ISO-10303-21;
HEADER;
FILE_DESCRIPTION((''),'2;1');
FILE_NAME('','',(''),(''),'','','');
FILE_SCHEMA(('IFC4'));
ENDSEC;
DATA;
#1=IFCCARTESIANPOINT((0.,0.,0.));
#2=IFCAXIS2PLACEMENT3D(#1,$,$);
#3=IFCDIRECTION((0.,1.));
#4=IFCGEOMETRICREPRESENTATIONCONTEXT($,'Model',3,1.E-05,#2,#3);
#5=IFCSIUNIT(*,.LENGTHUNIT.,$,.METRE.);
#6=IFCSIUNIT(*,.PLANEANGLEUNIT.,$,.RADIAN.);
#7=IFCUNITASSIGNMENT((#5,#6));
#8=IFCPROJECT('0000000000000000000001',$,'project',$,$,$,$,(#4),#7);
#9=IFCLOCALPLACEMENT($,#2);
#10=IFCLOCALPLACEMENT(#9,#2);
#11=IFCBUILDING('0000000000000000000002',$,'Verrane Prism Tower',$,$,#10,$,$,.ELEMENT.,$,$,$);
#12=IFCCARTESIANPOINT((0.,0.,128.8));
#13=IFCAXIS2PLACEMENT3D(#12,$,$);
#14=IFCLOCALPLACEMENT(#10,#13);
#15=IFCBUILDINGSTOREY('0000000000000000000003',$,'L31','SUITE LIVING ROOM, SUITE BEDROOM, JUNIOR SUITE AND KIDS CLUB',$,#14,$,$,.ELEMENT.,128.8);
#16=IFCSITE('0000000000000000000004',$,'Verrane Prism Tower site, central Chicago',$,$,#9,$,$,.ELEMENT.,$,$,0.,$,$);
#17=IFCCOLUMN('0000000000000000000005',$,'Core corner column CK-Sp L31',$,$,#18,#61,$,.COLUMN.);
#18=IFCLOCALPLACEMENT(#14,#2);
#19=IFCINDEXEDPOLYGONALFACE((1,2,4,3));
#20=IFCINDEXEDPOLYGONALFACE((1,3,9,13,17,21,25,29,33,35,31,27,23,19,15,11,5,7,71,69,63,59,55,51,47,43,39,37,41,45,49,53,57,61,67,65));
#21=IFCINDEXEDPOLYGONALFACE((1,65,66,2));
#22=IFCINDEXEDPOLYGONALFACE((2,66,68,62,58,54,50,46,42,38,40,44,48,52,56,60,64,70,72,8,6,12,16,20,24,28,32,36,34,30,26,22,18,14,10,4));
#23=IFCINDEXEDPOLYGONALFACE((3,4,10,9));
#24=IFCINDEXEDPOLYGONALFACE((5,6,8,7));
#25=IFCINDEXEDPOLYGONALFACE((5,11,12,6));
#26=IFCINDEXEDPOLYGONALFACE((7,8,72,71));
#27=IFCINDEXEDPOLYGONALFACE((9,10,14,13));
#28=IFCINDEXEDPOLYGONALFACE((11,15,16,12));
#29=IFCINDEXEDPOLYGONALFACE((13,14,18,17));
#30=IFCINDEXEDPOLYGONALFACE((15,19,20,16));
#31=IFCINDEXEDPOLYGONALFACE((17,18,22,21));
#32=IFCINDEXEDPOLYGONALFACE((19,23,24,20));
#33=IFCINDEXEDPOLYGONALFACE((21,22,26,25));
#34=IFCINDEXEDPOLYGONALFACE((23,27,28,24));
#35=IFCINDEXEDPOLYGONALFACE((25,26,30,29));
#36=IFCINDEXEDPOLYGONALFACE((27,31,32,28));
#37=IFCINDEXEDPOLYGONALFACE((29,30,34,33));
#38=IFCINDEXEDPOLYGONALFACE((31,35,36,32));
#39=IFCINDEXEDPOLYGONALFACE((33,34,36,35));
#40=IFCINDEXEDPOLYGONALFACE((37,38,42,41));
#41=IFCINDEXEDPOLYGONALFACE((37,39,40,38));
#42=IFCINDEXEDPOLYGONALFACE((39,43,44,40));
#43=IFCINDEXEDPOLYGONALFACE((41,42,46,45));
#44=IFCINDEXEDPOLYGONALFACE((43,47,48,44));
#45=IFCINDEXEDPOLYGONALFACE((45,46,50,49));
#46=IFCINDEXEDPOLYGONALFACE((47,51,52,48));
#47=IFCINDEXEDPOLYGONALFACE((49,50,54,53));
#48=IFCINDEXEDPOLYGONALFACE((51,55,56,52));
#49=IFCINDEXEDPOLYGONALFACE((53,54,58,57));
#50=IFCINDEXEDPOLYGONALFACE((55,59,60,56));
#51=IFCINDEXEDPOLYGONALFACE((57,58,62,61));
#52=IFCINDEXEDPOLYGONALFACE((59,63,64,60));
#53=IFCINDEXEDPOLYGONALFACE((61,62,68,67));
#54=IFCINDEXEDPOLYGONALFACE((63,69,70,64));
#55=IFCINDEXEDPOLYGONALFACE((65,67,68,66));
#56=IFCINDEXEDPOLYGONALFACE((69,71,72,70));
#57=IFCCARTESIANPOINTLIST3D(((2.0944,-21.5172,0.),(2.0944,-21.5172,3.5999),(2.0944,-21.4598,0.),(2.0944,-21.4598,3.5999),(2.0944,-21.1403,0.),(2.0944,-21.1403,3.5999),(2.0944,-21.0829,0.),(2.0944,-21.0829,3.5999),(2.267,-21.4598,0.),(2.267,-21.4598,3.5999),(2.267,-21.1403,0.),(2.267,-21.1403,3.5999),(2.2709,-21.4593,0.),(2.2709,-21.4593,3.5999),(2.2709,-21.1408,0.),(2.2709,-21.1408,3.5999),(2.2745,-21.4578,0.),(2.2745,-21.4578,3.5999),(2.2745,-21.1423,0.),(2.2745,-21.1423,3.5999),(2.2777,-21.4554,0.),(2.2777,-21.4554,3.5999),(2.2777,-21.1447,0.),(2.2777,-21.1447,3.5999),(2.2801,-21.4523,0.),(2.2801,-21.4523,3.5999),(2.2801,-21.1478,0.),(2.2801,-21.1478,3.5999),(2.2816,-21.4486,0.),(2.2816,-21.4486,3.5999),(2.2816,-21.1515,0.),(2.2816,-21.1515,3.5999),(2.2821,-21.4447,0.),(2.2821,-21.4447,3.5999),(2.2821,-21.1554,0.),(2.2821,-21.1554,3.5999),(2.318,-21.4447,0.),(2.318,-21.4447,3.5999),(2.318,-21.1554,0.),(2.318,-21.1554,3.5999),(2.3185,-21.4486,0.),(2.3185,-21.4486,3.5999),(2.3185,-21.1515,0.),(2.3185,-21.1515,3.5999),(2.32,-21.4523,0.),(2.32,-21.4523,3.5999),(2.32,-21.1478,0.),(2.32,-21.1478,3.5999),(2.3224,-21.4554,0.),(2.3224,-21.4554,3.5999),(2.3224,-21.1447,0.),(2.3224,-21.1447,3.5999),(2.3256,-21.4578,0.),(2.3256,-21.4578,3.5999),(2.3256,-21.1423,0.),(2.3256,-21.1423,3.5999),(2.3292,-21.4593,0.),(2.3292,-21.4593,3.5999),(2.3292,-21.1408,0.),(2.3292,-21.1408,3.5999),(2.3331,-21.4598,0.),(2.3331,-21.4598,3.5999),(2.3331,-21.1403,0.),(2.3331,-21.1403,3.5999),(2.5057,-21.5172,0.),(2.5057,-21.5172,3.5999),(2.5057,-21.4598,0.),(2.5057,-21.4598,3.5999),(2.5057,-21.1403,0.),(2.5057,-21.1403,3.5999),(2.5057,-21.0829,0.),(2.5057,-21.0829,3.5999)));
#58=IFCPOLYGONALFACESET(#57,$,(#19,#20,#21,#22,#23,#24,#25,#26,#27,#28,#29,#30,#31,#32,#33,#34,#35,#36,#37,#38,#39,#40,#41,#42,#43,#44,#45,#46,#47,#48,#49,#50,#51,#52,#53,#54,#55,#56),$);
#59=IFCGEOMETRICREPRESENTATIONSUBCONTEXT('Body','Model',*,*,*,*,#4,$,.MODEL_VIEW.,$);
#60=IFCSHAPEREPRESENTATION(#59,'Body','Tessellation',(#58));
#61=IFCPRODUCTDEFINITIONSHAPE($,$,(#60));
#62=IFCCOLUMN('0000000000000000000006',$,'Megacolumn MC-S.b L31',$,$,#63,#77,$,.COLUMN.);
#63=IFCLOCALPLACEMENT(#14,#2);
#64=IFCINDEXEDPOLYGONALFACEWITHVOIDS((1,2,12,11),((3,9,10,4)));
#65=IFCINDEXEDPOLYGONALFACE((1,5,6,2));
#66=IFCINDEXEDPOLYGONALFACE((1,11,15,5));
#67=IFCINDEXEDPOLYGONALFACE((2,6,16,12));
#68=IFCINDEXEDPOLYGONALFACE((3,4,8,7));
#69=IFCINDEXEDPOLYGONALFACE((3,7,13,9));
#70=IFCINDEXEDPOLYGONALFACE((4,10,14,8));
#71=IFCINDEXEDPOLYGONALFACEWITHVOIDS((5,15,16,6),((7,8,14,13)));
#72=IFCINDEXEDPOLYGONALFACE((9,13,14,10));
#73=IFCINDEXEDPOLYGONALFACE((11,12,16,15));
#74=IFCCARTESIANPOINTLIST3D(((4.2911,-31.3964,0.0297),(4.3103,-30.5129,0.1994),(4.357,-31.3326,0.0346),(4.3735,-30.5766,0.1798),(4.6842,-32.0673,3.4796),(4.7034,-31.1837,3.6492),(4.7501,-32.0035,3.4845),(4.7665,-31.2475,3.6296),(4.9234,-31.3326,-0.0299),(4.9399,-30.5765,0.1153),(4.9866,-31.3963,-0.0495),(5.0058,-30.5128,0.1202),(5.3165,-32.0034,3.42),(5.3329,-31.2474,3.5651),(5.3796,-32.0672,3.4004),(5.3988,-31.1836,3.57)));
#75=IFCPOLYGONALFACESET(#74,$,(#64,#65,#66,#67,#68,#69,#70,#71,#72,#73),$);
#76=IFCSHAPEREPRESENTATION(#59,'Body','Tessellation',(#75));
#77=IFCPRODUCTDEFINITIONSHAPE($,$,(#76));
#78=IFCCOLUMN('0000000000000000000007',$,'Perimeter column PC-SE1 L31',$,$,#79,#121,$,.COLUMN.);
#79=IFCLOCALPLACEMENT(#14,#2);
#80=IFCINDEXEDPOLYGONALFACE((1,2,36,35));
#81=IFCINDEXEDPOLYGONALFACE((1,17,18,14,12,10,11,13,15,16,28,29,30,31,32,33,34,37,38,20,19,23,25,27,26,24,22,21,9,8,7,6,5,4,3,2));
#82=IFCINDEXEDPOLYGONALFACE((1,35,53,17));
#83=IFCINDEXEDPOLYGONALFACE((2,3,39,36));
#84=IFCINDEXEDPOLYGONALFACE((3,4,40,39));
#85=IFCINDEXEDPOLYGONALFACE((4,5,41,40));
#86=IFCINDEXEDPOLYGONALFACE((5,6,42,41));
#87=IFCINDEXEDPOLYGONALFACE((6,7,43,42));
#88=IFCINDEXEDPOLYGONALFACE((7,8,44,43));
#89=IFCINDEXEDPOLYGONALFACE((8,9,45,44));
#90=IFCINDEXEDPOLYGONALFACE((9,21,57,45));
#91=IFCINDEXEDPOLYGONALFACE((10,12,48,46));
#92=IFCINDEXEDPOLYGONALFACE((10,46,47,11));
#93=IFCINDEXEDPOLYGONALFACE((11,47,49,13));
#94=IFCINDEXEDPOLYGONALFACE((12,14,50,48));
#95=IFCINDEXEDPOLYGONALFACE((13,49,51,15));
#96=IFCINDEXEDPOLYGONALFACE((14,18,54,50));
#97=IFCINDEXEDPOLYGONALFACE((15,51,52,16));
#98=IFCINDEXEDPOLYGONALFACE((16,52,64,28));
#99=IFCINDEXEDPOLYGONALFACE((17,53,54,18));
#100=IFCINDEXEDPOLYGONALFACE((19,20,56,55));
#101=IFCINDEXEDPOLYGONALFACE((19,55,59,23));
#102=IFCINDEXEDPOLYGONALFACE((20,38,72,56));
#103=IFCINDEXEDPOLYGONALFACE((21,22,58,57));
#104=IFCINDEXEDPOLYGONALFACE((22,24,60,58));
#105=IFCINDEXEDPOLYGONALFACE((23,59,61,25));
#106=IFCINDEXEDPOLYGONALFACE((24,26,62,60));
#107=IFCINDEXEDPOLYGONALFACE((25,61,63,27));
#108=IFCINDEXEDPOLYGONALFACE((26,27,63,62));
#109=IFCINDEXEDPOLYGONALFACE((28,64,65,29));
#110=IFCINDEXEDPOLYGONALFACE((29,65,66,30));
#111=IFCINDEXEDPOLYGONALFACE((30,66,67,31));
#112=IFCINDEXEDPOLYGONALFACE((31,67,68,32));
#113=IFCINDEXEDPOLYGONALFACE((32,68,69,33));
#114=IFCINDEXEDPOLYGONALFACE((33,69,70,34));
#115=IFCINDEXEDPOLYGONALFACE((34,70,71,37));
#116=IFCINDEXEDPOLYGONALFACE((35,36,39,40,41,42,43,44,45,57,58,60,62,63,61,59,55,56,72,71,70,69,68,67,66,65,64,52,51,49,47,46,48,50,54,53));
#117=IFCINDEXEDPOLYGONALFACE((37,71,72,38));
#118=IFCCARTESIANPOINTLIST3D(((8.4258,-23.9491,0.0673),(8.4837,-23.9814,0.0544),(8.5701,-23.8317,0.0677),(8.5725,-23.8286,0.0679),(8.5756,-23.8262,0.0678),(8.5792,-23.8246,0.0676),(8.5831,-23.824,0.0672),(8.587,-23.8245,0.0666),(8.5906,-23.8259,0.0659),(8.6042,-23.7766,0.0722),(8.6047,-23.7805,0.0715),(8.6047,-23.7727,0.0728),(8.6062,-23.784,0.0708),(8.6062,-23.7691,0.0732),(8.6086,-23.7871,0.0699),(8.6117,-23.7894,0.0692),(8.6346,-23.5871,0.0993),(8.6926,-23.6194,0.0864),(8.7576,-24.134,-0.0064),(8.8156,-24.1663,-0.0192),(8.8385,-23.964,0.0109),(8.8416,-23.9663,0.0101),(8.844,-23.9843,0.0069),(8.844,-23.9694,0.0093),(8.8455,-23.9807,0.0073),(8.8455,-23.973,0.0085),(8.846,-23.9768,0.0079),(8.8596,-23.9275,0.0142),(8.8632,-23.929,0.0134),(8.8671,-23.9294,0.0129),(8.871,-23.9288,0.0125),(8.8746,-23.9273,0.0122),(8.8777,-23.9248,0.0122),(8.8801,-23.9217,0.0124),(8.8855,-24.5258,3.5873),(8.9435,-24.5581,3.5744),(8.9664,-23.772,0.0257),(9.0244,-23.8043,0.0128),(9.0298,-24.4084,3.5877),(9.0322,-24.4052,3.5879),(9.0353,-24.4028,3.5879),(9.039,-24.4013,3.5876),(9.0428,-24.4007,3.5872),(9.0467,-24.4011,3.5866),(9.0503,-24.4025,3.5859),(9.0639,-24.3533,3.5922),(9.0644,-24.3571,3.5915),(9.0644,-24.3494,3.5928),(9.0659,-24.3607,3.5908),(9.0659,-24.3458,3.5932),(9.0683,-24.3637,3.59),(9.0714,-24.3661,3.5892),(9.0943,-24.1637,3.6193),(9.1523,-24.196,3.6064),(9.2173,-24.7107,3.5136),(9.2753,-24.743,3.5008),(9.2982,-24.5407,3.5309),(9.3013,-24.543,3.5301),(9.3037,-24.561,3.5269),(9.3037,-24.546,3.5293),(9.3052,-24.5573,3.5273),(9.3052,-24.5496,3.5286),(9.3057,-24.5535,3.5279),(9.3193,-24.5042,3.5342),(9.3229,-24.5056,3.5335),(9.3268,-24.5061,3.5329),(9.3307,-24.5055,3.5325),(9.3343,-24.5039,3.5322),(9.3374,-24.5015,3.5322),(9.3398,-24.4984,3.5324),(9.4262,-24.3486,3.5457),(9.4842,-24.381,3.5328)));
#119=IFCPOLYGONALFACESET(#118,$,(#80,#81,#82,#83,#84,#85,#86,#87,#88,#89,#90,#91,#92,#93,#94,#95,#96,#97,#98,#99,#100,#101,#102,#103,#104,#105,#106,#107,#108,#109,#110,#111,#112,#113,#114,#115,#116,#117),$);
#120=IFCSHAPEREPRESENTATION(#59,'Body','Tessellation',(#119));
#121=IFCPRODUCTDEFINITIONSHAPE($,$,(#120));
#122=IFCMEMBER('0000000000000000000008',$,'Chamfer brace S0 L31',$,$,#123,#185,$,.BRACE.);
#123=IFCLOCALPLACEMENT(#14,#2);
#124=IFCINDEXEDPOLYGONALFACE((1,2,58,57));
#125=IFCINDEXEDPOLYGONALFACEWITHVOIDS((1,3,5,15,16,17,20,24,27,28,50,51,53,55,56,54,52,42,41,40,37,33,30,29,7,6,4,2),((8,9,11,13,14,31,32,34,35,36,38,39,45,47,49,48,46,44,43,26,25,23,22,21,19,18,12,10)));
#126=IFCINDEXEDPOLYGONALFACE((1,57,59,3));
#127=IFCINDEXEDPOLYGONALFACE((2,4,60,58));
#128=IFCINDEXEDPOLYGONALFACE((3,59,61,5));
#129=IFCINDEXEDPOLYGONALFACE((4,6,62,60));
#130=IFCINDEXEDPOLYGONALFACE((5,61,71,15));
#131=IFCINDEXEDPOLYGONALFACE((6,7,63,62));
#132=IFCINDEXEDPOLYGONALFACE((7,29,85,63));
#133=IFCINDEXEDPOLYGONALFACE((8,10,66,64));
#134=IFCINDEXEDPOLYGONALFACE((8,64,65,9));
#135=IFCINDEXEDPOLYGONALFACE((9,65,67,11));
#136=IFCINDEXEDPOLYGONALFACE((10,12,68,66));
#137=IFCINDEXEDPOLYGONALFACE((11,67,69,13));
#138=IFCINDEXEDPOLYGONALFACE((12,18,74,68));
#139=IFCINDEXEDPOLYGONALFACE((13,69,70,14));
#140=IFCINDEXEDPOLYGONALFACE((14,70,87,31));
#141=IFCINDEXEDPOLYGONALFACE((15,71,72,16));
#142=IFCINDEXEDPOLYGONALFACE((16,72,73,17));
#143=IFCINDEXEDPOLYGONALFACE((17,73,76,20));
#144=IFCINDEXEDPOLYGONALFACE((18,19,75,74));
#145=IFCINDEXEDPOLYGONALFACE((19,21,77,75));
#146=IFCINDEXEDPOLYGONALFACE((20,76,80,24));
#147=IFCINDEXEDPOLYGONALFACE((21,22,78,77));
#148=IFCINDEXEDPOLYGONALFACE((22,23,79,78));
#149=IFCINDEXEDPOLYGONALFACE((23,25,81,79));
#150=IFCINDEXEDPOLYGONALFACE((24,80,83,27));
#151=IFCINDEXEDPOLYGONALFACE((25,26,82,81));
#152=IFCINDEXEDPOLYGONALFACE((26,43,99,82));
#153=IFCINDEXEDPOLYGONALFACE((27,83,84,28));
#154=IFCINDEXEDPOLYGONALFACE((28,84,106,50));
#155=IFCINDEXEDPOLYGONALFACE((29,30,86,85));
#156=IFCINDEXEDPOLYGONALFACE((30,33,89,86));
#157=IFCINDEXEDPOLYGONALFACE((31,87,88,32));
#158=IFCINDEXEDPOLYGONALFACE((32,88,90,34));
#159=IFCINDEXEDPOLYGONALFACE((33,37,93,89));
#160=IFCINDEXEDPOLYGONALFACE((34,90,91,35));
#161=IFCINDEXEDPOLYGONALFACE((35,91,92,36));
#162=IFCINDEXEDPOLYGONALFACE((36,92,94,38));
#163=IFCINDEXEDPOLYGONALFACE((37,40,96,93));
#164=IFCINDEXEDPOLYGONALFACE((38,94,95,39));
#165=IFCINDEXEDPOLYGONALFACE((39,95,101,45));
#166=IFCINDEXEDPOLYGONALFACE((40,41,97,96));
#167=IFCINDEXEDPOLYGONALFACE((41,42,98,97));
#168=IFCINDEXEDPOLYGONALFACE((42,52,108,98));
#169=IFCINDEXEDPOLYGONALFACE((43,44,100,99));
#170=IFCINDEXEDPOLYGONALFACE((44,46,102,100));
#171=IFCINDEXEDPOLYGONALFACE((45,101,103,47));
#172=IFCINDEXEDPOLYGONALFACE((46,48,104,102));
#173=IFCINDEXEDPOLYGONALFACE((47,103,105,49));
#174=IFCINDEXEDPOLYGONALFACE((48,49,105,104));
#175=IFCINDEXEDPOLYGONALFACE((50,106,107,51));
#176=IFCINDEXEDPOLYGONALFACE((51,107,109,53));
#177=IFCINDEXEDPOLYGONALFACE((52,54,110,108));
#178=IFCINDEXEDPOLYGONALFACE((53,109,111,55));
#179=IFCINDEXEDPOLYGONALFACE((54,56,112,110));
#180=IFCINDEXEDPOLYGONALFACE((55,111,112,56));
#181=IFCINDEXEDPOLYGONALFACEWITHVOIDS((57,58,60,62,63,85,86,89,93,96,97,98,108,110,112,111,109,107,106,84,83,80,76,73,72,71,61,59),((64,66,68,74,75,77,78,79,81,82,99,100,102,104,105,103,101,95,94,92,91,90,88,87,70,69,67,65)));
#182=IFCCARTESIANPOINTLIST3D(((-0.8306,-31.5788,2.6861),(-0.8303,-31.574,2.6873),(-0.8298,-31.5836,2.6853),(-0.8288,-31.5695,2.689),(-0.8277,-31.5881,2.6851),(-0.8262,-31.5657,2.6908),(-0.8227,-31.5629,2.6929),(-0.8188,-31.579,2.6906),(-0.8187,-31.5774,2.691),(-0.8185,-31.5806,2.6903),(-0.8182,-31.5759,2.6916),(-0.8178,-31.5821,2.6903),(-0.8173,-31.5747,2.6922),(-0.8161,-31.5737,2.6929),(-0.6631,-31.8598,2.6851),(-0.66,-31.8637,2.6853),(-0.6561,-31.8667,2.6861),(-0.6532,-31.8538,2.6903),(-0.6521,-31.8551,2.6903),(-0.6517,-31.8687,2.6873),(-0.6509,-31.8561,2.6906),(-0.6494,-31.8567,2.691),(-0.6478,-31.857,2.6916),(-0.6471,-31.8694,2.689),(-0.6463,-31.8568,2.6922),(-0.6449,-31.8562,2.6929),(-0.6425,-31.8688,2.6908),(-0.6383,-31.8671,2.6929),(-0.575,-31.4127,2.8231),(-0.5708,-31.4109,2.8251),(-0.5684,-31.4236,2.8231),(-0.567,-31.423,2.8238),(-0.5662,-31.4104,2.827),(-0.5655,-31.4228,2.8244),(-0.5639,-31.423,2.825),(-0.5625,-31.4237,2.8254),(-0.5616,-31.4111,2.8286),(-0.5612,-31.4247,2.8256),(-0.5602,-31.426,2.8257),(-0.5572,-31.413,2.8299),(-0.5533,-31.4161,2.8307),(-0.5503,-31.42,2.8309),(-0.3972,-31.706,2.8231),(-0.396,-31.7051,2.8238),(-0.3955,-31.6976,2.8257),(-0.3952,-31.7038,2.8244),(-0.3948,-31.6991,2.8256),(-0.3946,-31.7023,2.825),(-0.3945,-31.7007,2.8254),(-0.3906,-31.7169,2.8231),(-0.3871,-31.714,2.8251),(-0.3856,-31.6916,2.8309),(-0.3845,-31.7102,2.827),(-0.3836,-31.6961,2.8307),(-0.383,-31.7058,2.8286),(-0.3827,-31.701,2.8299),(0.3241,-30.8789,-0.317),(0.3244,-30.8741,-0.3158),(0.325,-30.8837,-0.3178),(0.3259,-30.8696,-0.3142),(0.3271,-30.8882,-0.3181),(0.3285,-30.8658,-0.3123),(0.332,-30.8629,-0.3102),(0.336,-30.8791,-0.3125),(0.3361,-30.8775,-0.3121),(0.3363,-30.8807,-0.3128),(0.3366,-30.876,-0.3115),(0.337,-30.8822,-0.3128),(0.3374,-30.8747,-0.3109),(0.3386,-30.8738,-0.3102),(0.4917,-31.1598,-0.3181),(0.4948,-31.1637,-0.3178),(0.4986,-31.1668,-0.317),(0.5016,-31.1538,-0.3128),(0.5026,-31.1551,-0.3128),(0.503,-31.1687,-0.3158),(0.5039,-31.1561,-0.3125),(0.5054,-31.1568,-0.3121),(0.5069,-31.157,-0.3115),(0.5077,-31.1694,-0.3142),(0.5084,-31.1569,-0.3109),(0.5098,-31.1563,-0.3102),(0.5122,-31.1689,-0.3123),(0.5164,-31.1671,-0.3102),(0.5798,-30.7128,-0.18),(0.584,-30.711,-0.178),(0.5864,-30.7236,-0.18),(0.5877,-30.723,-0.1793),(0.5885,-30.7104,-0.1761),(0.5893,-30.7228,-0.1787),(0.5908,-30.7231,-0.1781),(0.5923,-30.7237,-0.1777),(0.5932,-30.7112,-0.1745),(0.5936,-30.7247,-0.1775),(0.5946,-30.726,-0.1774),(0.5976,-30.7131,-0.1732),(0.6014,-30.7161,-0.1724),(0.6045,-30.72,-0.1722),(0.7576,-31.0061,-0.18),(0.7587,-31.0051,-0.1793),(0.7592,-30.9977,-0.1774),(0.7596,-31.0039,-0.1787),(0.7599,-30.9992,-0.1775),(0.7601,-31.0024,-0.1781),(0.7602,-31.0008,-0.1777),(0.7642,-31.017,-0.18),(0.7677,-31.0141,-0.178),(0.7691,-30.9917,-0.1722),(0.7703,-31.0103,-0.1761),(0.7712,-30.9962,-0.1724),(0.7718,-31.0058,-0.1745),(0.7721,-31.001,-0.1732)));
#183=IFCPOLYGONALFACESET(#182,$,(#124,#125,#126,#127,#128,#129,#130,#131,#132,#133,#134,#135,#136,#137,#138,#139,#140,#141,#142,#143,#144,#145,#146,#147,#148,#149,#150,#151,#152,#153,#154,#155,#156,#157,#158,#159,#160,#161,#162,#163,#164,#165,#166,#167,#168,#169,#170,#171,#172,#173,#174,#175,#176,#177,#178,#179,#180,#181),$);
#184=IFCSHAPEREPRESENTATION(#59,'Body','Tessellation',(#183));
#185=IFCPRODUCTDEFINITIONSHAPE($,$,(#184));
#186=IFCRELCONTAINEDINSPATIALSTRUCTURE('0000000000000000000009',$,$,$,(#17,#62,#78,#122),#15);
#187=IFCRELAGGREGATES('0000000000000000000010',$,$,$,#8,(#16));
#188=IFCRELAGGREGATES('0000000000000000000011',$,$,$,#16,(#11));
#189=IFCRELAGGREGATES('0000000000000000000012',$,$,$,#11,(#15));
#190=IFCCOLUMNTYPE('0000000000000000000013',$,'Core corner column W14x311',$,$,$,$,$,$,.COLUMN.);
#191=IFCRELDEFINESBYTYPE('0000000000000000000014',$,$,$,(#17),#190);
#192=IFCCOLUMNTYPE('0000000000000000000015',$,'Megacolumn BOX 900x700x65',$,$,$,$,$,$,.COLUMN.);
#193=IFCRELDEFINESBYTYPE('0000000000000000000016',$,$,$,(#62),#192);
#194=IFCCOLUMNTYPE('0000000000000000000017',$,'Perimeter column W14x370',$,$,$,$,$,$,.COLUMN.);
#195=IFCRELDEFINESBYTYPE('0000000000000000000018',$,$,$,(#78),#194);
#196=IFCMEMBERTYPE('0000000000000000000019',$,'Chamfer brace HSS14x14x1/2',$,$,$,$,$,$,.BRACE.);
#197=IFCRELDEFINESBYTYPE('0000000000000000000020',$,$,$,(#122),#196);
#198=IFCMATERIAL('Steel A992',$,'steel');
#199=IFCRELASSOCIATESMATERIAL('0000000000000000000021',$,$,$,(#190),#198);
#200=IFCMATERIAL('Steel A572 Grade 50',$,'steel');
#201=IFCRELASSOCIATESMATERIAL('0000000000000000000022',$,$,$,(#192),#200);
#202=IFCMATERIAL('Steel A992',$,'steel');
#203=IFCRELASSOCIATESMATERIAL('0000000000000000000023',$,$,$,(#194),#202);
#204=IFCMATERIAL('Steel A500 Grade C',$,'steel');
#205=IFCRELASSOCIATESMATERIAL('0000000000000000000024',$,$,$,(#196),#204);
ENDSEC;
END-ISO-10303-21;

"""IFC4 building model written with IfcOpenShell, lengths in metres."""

from ifc_helpers import new_model, si_unit, direction, frame, origin, origin_2d, place, context, subcontext, project, spatial, hollow_rectangle, i_section, extrude, material, material_profile, profile_set, type_object, element, save


model = new_model("IFC4")

# Units and contexts
model_context = context("Model", 3, precision=1e-05, world=origin(), true_north=direction((0.0, 1.0)))
body_context = subcontext(model_context, "Body", "Model", "MODEL_VIEW")
ifc_project = project(units=[si_unit("LENGTHUNIT", "METRE"), si_unit("PLANEANGLEUNIT", "RADIAN")], contexts=[model_context])

# Site, building, storey
site_placement = place(None, origin())
site = spatial("IfcSite", under=ifc_project, at=site_placement, Name="Verrane Prism Tower site, central Chicago", CompositionType="ELEMENT", RefElevation=0.0)
building_placement = place(site_placement, origin())
building = spatial("IfcBuilding", under=site, at=building_placement, Name="Verrane Prism Tower", CompositionType="ELEMENT")
storey_placement = place(building_placement, frame((0.0, 0.0, 128.8)))
storey = spatial("IfcBuildingStorey", under=building, at=storey_placement, Name="L31", Description="SUITE LIVING ROOM, SUITE BEDROOM, JUNIOR SUITE AND KIDS CLUB", CompositionType="ELEMENT", Elevation=128.8)

# Columns
ifc_material_1 = material(Name="Steel A992", Category="steel")
ifc_material_profile_1 = material_profile(ifc_material_1, i_section(OverallWidth=0.4114, OverallDepth=0.4343, WebThickness=0.0359, FlangeThickness=0.0574, FilletRadius=0.0151, at=origin_2d()), Name="W14x311")
ifc_profile_set_1 = profile_set([ifc_material_profile_1], Name="Steel A992")
column_type_1 = type_object("IfcColumnType", Name="Core corner column W14x311", PredefinedType="COLUMN", material=ifc_profile_set_1)
column_1_placement = place(storey_placement, frame((2.3, -21.3, 0.0), z_axis=(0.0, 0.0, 1.0), x_axis=(-1.0, 0.0, 0.0)))
element("IfcColumn", 1, at=column_1_placement, inside=storey, type_object=column_type_1, Name="Core corner column CK-Sp L31", PredefinedType="COLUMN", context=body_context, shape_type="SweptSolid", body=[
    extrude(i_section(OverallWidth=0.4114, OverallDepth=0.4343, WebThickness=0.0359, FlangeThickness=0.0574, FilletRadius=0.0151, at=origin_2d()), origin(), (0.0, 0.0, 1.0), 3.5999),
])
ifc_material_2 = material(Name="Steel A572 Grade 50", Category="steel")
ifc_material_profile_2 = material_profile(ifc_material_2, hollow_rectangle(XDim=0.7, YDim=0.8999, WallThickness=0.0649, at=origin_2d()), Name="BOX 900x700x65")
ifc_profile_set_2 = profile_set([ifc_material_profile_2], Name="Steel A572 Grade 50")
column_type_2 = type_object("IfcColumnType", Name="Megacolumn BOX 900x700x65", PredefinedType="COLUMN", material=ifc_profile_set_2)
column_2_placement = place(storey_placement, frame((4.6484, -30.9546, 0.075), z_axis=(0.111146, -0.189707, 0.975529), x_axis=(-0.993575, -0.000126, 0.113177)))
element("IfcColumn", 2, at=column_2_placement, inside=storey, type_object=column_type_2, Name="Megacolumn MC-S.b L31", PredefinedType="COLUMN", context=body_context, shape_type="SweptSolid", body=[
    extrude(hollow_rectangle(XDim=0.7, YDim=0.8999, WallThickness=0.0649, at=origin_2d()), origin(), (0.0, 0.0, 1.0), 3.5364),
])
ifc_material_3 = material(Name="Steel A992", Category="steel")
ifc_material_profile_3 = material_profile(ifc_material_3, i_section(OverallWidth=0.4192, OverallDepth=0.4546, WebThickness=0.0422, FlangeThickness=0.0676, FilletRadius=0.0151, at=origin_2d()), Name="W14x370")
ifc_profile_set_3 = profile_set([ifc_material_profile_3], Name="Steel A992")
column_type_3 = type_object("IfcColumnType", Name="Perimeter column W14x370", PredefinedType="COLUMN", material=ifc_profile_set_3)
column_3_placement = place(storey_placement, frame((8.7251, -23.8767, 0.04), z_axis=(0.127825, -0.160342, 0.97875), x_axis=(-0.498222, -0.863675, -0.076422)))
element("IfcColumn", 3, at=column_3_placement, inside=storey, type_object=column_type_3, Name="Perimeter column PC-SE1 L31", PredefinedType="COLUMN", context=body_context, shape_type="SweptSolid", body=[
    extrude(i_section(OverallWidth=0.4192, OverallDepth=0.4546, WebThickness=0.0422, FlangeThickness=0.0676, FilletRadius=0.0151, at=origin_2d()), origin(), (0.0, 0.0, 1.0), 3.5964),
])

# Member
ifc_material_4 = material(Name="Steel A500 Grade C", Category="steel")
ifc_material_profile_4 = material_profile(ifc_material_4, hollow_rectangle(XDim=0.3557, YDim=0.3557, WallThickness=0.0127, InnerFilletRadius=0.0063, OuterFilletRadius=0.019, at=origin_2d()), Name="HSS14x14x1/2")
ifc_profile_set_4 = profile_set([ifc_material_profile_4], Name="Steel A500 Grade C")
member_type_1 = type_object("IfcMemberType", Name="Chamfer brace HSS14x14x1/2", PredefinedType="BRACE", material=ifc_profile_set_4)
member_1_placement = place(storey_placement, frame((0.5481, -30.9399, -0.2451), z_axis=(-0.3507, -0.21257, 0.912043), x_axis=(0.518346, -0.855171, 0.0)))
element("IfcMember", 4, at=member_1_placement, inside=storey, type_object=member_type_1, Name="Chamfer brace S0 L31", PredefinedType="BRACE", context=body_context, shape_type="SweptSolid", body=[
    extrude(hollow_rectangle(XDim=0.3557, YDim=0.3557, WallThickness=0.0127, InnerFilletRadius=0.0063, OuterFilletRadius=0.019, at=origin_2d()), origin(), (0.0, 0.0, 1.0), 3.2927),
])

save(model, "model.ifc")
